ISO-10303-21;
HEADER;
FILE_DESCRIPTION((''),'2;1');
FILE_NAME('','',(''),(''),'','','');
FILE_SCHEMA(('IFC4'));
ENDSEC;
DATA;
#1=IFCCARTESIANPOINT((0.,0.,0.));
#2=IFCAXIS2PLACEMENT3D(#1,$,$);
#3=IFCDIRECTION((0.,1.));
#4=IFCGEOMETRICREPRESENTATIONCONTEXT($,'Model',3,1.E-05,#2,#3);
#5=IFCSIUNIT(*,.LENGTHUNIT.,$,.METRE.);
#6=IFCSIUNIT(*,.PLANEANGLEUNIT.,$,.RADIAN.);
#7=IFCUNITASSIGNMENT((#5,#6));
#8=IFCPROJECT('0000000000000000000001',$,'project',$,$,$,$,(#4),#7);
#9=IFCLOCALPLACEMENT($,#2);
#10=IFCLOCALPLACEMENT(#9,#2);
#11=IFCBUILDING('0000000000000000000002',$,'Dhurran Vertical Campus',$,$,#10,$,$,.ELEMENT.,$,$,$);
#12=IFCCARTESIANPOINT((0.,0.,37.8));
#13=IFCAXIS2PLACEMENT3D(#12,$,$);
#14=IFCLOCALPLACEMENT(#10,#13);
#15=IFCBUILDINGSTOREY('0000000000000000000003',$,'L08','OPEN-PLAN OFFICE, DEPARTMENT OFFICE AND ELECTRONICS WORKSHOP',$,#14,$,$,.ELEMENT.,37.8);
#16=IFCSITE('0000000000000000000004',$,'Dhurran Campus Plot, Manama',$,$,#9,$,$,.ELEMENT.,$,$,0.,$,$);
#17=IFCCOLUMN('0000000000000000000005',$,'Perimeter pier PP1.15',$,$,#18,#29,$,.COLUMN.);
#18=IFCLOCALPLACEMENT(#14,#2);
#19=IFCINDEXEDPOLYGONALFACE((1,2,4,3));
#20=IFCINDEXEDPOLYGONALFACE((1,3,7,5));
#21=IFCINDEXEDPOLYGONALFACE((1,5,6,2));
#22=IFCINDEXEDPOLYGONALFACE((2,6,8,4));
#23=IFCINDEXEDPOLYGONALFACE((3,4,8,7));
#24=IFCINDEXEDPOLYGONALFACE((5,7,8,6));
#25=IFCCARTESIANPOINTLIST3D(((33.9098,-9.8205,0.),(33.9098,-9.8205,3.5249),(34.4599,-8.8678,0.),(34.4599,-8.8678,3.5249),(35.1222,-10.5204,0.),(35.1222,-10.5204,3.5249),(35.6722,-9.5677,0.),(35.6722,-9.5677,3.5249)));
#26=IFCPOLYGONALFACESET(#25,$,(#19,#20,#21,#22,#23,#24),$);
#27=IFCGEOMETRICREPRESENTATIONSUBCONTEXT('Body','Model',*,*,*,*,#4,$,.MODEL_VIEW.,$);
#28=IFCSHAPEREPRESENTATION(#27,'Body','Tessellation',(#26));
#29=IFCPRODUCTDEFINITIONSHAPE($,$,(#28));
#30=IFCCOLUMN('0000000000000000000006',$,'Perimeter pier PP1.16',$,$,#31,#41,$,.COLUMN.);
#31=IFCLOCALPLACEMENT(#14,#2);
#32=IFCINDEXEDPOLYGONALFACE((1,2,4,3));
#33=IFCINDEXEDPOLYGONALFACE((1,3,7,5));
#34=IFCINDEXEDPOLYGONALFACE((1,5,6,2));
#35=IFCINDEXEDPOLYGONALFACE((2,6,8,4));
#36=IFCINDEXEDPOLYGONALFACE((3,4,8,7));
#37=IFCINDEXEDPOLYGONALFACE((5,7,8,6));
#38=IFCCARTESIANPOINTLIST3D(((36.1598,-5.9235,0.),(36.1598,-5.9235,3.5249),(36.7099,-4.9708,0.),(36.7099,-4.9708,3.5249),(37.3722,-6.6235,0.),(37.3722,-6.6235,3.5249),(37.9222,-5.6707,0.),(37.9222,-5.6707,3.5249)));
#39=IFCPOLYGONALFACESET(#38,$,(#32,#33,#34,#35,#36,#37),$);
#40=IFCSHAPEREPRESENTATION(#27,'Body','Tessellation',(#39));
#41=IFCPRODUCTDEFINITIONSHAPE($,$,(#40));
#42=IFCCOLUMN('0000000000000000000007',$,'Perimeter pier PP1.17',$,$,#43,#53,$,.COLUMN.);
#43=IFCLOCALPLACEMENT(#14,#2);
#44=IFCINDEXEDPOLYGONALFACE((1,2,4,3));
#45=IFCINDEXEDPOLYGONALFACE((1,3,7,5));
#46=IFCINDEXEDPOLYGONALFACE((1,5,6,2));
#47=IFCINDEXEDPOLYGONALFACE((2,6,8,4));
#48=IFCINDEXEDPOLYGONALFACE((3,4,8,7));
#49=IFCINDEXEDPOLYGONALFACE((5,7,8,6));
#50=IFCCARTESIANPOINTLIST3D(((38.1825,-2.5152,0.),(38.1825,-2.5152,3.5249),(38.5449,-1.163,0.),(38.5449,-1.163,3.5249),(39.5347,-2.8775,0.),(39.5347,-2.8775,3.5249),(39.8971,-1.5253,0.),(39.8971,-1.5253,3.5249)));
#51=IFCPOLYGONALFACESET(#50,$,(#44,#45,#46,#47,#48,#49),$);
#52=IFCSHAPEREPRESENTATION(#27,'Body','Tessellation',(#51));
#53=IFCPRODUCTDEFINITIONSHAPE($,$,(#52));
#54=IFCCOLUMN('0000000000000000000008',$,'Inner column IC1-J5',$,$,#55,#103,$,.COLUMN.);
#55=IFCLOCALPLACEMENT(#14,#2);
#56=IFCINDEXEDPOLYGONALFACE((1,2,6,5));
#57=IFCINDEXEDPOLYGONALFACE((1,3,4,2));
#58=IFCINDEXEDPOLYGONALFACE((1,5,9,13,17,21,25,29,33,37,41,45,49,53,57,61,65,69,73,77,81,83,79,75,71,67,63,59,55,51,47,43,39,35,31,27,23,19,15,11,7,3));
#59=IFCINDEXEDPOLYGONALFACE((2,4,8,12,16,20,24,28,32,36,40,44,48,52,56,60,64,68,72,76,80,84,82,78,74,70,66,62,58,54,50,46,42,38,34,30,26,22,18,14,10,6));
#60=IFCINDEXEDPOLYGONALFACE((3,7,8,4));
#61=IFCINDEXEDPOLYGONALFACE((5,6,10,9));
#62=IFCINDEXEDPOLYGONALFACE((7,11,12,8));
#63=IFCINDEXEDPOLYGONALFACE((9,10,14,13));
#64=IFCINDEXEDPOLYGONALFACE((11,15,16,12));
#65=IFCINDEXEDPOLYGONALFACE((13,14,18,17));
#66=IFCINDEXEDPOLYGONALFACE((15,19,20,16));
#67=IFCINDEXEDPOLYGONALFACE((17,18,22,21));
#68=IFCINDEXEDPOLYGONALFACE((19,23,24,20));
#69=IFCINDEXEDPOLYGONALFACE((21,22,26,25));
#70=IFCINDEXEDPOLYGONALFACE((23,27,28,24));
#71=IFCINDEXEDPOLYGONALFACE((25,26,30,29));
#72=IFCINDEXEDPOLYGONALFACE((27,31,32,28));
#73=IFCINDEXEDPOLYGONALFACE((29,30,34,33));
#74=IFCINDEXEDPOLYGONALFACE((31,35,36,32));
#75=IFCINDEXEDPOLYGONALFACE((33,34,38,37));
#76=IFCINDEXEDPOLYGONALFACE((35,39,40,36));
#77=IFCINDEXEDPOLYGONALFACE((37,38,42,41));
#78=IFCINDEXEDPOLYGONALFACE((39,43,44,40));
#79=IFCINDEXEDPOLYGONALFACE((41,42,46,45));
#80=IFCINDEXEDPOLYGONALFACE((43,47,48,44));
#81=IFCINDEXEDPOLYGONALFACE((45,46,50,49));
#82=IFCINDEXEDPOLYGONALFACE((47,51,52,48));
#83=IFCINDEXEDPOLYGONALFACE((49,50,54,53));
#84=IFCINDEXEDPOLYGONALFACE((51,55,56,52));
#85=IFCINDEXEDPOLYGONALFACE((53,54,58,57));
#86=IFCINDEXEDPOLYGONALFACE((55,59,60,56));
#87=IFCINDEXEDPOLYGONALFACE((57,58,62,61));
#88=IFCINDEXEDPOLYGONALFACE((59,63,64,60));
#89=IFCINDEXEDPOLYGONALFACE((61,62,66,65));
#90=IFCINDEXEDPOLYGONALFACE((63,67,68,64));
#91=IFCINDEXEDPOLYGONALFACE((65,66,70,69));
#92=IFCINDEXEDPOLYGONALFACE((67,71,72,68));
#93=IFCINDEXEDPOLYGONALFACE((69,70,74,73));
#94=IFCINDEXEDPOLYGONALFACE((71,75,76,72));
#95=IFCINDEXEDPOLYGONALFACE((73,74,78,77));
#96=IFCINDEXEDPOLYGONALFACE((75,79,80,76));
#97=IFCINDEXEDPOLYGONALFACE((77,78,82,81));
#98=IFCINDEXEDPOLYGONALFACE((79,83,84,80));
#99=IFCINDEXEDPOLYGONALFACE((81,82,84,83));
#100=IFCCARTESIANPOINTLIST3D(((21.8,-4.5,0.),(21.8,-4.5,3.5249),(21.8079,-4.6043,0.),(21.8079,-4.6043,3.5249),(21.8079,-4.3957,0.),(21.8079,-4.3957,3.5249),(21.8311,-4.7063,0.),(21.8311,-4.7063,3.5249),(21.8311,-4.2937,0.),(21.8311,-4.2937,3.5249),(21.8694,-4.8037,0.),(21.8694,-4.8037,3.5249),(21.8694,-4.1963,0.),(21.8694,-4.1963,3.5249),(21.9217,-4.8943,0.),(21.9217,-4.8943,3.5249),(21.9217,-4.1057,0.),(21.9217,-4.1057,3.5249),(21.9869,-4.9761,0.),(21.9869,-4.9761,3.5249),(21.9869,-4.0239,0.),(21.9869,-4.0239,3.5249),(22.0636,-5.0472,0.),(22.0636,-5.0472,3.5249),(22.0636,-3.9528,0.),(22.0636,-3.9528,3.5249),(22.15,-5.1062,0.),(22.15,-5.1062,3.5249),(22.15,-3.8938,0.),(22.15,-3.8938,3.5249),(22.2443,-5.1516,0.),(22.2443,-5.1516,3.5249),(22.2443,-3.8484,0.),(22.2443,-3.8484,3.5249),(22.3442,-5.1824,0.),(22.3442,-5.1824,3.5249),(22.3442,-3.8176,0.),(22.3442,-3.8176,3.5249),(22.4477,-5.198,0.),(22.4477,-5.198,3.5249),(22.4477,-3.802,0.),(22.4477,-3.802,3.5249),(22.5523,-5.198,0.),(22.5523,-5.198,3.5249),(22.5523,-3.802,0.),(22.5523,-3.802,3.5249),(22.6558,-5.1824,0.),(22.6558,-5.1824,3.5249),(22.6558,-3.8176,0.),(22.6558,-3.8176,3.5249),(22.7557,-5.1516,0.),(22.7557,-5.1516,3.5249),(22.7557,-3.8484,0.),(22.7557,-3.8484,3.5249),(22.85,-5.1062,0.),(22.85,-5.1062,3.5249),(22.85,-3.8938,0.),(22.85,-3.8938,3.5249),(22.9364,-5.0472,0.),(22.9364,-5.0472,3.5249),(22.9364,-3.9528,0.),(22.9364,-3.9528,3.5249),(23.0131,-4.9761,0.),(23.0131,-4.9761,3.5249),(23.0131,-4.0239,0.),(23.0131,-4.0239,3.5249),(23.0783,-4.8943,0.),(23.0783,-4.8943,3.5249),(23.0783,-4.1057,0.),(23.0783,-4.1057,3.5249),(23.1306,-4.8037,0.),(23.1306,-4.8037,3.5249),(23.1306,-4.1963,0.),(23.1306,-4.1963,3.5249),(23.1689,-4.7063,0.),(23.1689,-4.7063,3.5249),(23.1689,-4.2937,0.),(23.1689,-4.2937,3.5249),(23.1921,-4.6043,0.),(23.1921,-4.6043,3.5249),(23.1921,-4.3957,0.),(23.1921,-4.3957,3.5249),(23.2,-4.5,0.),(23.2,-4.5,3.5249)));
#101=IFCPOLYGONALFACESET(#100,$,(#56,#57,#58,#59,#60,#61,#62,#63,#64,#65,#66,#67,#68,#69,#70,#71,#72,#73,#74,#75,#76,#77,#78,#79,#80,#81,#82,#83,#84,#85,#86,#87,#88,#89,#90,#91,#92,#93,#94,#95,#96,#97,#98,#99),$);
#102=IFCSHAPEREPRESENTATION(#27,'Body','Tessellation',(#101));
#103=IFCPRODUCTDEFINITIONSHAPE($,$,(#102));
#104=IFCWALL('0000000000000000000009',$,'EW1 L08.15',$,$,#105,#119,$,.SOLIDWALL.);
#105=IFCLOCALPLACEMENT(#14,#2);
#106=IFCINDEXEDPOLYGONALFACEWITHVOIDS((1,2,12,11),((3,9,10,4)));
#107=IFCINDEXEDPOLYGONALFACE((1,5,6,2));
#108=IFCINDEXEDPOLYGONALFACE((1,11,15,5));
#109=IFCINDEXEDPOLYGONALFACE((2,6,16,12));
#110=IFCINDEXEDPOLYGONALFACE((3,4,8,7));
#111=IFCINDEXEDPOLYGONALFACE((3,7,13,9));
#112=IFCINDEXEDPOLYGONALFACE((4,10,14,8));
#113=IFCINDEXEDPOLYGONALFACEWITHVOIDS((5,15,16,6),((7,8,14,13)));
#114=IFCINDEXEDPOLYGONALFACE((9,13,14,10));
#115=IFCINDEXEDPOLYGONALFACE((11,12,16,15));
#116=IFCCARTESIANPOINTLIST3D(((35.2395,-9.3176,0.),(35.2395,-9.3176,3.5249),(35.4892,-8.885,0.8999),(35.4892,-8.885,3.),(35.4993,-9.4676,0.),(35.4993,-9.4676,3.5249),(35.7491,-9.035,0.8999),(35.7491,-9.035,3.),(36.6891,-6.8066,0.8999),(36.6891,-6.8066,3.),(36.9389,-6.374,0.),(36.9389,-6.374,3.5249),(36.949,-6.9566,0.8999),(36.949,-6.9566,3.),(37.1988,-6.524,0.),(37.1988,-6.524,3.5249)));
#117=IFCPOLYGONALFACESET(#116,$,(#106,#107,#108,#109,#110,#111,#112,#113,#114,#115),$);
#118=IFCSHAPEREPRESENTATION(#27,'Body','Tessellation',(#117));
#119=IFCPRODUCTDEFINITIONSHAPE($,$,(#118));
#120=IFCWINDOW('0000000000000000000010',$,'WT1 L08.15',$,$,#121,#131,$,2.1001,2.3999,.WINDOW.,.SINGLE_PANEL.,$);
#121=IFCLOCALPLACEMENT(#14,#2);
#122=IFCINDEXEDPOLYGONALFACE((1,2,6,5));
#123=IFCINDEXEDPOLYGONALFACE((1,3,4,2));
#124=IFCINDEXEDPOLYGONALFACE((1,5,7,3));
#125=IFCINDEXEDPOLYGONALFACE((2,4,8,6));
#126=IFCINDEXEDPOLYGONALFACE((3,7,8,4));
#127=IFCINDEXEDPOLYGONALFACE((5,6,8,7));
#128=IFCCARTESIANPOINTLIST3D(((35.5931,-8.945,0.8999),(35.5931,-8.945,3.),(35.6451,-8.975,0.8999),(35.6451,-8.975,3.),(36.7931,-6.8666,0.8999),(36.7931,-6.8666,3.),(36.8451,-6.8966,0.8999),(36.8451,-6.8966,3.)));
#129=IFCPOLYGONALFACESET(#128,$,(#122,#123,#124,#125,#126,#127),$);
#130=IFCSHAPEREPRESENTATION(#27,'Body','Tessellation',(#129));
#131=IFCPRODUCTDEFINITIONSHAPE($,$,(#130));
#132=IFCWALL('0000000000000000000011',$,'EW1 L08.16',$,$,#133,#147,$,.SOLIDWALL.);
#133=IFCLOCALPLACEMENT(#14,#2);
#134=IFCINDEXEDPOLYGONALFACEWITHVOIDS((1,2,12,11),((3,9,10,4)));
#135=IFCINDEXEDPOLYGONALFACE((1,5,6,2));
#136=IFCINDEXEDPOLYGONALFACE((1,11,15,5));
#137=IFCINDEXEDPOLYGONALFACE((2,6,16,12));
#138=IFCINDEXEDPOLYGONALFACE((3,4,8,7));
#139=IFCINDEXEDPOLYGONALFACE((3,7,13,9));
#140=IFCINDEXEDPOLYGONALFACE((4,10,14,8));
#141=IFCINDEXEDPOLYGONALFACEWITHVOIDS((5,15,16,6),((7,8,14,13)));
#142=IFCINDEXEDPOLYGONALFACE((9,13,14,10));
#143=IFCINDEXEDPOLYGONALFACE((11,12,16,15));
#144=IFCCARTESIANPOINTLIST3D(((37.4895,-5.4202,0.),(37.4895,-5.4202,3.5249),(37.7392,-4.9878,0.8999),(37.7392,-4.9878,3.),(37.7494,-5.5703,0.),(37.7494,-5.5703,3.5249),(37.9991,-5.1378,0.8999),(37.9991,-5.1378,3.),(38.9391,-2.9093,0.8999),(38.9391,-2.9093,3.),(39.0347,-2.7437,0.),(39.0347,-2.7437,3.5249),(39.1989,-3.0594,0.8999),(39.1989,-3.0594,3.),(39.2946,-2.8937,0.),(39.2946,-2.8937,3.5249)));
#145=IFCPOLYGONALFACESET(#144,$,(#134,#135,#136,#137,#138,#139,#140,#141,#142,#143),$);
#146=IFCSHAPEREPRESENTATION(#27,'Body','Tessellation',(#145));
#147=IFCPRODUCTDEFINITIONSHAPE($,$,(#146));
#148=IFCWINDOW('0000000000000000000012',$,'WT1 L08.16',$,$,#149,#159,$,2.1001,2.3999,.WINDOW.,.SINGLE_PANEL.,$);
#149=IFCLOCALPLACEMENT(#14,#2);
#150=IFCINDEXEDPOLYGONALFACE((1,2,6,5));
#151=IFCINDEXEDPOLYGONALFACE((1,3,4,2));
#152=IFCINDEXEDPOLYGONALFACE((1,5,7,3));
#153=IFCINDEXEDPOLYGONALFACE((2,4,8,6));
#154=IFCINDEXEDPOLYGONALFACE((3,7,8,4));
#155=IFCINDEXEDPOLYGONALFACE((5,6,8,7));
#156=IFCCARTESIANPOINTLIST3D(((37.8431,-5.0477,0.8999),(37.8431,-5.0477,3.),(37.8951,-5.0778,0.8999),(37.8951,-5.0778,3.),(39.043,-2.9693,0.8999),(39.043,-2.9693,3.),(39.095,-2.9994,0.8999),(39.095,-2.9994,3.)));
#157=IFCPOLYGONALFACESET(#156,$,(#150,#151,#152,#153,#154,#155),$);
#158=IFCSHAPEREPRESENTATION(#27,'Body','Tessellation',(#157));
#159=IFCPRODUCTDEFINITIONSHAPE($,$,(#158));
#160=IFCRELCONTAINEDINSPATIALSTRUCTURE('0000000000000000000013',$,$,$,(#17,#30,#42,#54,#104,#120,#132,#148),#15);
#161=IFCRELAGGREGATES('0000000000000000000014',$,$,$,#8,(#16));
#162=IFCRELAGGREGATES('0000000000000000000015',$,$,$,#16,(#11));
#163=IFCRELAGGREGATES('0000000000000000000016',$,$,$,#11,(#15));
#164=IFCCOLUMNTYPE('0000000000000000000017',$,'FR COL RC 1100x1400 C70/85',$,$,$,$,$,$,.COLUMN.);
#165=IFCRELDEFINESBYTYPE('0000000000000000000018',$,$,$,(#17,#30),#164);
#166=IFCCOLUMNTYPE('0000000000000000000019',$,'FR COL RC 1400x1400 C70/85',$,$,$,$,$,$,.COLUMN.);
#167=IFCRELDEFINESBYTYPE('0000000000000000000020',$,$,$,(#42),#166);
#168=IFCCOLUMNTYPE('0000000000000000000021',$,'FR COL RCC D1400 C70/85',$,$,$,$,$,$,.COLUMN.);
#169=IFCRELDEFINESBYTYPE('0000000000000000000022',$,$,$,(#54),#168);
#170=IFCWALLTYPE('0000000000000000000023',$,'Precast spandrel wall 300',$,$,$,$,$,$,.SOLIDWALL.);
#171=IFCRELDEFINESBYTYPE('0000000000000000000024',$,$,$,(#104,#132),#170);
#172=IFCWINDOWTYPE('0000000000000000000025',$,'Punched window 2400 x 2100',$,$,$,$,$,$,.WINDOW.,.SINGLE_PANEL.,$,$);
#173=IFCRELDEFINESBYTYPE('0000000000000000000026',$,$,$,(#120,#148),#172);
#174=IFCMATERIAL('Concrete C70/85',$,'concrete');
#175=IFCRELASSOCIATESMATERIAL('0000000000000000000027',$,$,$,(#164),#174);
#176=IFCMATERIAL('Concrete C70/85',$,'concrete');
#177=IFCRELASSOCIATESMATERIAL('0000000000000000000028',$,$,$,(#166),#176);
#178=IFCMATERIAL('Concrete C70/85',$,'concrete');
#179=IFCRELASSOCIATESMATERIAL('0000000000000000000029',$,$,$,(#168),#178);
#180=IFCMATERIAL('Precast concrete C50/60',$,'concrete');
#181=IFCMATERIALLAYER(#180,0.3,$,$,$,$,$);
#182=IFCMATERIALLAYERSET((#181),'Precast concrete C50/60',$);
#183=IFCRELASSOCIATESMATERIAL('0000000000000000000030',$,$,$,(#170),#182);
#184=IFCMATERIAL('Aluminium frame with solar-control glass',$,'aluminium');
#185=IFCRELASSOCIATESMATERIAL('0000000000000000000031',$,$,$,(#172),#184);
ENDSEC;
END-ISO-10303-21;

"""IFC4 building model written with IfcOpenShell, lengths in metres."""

from ifc_helpers import new_model, si_unit, direction, frame, frame_2d, origin, origin_2d, place, context, subcontext, project, spatial, rectangle, circle, extrude, material, layer, layer_set, material_profile, profile_set, type_object, element, fill, save


model = new_model("IFC4")

# Units and contexts
model_context = context("Model", 3, precision=1e-05, world=origin(), true_north=direction((0.0, 1.0)))
body_context = subcontext(model_context, "Body", "Model", "MODEL_VIEW")
ifc_project = project(units=[si_unit("LENGTHUNIT", "METRE"), si_unit("PLANEANGLEUNIT", "RADIAN")], contexts=[model_context])

# Site, building, storey
site_placement = place(None, origin())
site = spatial("IfcSite", under=ifc_project, at=site_placement, Name="Dhurran Campus Plot, Manama", CompositionType="ELEMENT", RefElevation=0.0)
building_placement = place(site_placement, origin())
building = spatial("IfcBuilding", under=site, at=building_placement, Name="Dhurran Vertical Campus", CompositionType="ELEMENT")
storey_placement = place(building_placement, frame((0.0, 0.0, 37.8)))
storey = spatial("IfcBuildingStorey", under=building, at=storey_placement, Name="L08", Description="OPEN-PLAN OFFICE, DEPARTMENT OFFICE AND ELECTRONICS WORKSHOP", CompositionType="ELEMENT", Elevation=37.8)

# Columns
ifc_material_1 = material(Name="Concrete C70/85", Category="concrete")
ifc_material_profile_1 = material_profile(ifc_material_1, rectangle(XDim=1.1001, YDim=1.3999, at=origin_2d()), Name="RC 1100x1400")
ifc_profile_set_1 = profile_set([ifc_material_profile_1], Name="Concrete C70/85")
column_type_1 = type_object("IfcColumnType", Name="FR COL RC 1100x1400 C70/85", PredefinedType="COLUMN", material=ifc_profile_set_1)
for number, where, z_axis, x_axis, name in (
    (1, (34.791, -9.6941, 0.0), (0.0, 0.0, 1.0), (0.5, 0.866025, 0.0), "Perimeter pier PP1.15"),
    (2, (37.041, -5.7971, 0.0), (0.0, 0.0, 1.0), (0.5, 0.866025, 0.0), "Perimeter pier PP1.16"),
):
    element("IfcColumn", number, at=place(storey_placement, frame(where, z_axis=z_axis, x_axis=x_axis)), inside=storey, type_object=column_type_1, Name=name, PredefinedType="COLUMN", context=body_context, shape_type="SweptSolid", body=[
        extrude(rectangle(XDim=1.1001, YDim=1.3999, at=origin_2d()), origin(), (0.0, 0.0, 1.0), 3.5249),
    ])
ifc_material_2 = material(Name="Concrete C70/85", Category="concrete")
ifc_material_profile_2 = material_profile(ifc_material_2, rectangle(XDim=1.3999, YDim=1.3999, at=origin_2d()), Name="RC 1400x1400")
ifc_profile_set_2 = profile_set([ifc_material_profile_2], Name="Concrete C70/85")
column_type_2 = type_object("IfcColumnType", Name="FR COL RC 1400x1400 C70/85", PredefinedType="COLUMN", material=ifc_profile_set_2)
column_1_placement = place(storey_placement, frame((39.0398, -2.0203, 0.0), z_axis=(0.0, 0.0, 1.0), x_axis=(0.258819, 0.965926, 0.0)))
element("IfcColumn", 3, at=column_1_placement, inside=storey, type_object=column_type_2, Name="Perimeter pier PP1.17", PredefinedType="COLUMN", context=body_context, shape_type="SweptSolid", body=[
    extrude(rectangle(XDim=1.3999, YDim=1.3999, at=origin_2d()), origin(), (0.0, 0.0, 1.0), 3.5249),
])
ifc_material_3 = material(Name="Concrete C70/85", Category="concrete")
ifc_material_profile_3 = material_profile(ifc_material_3, circle(Radius=0.7, at=origin_2d()), Name="RCC D1400")
ifc_profile_set_3 = profile_set([ifc_material_profile_3], Name="Concrete C70/85")
column_type_3 = type_object("IfcColumnType", Name="FR COL RCC D1400 C70/85", PredefinedType="COLUMN", material=ifc_profile_set_3)
column_2_placement = place(storey_placement, frame((22.5, -4.5, 0.0), z_axis=(0.0, 0.0, 1.0), x_axis=(1.0, 0.0, 0.0)))
element("IfcColumn", 4, at=column_2_placement, inside=storey, type_object=column_type_3, Name="Inner column IC1-J5", PredefinedType="COLUMN", context=body_context, shape_type="SweptSolid", body=[
    extrude(circle(Radius=0.7, at=origin_2d()), origin(), (0.0, 0.0, 1.0), 3.5249),
])

# Walls, openings, windows
ifc_material_4 = material(Name="Precast concrete C50/60", Category="concrete")
ifc_layer_1 = layer(ifc_material_4, 0.3)
ifc_layer_set_1 = layer_set([ifc_layer_1], Name="Precast concrete C50/60")
wall_type_1 = type_object("IfcWallType", Name="Precast spandrel wall 300", PredefinedType="SOLIDWALL", material=ifc_layer_set_1)
wall_1_placement = place(storey_placement, frame((35.3694, -9.3926, 0.0), z_axis=(0.0, 0.0, 1.0), x_axis=(0.499994, 0.866029, 0.0)))
wall_1 = element("IfcWall", 5, at=wall_1_placement, inside=storey, type_object=wall_type_1, Name="EW1 L08.15", PredefinedType="SOLIDWALL", context=body_context, shape_type="SweptSolid", body=[
    extrude(rectangle(XDim=3.3989, YDim=0.3, at=frame_2d((1.6995, 0.0))), origin(), (0.0, 0.0, 1.0), 3.5249),
])
opening_1_placement = place(wall_1_placement, frame((0.4995, 0.0, 0.8999)))
opening_1 = element("IfcOpeningElement", 6, at=opening_1_placement, cuts=wall_1, PredefinedType="OPENING", context=body_context, shape_type="SweptSolid", body=[
    extrude(rectangle(XDim=2.3999, YDim=2.1001, at=frame_2d((1.2, 1.05))), frame((0.0, 0.1599, 0.0), z_axis=(0.0, -1.0, 0.0), x_axis=(1.0, 0.0, 0.0)), (0.0, 0.0, 1.0), 0.3201),
])
ifc_material_5 = material(Name="Aluminium frame with solar-control glass", Category="aluminium")
window_type = type_object("IfcWindowType", Name="Punched window 2400 x 2100", PartitioningType="SINGLE_PANEL", PredefinedType="WINDOW", material=ifc_material_5)
window_1_placement = place(opening_1_placement, origin())
window_1 = element("IfcWindow", 7, at=window_1_placement, inside=storey, type_object=window_type, Name="WT1 L08.15", OverallHeight=2.1001, OverallWidth=2.3999, PartitioningType="SINGLE_PANEL", PredefinedType="WINDOW", context=body_context, shape_type="SweptSolid", body=[
    extrude(rectangle(XDim=2.3999, YDim=2.1001, at=frame_2d((1.2, 1.05))), frame((0.0, 0.03, 0.0), z_axis=(0.0, -1.0, 0.0), x_axis=(1.0, 0.0, 0.0)), (0.0, 0.0, 1.0), 0.0601),
])
fill(opening_1, window_1)
wall_2_placement = place(storey_placement, frame((37.6194, -5.4954, 0.0), z_axis=(0.0, 0.0, 1.0), x_axis=(0.499971, 0.866042, 0.0)))
wall_2 = element("IfcWall", 8, at=wall_2_placement, inside=storey, type_object=wall_type_1, Name="EW1 L08.16", PredefinedType="SOLIDWALL", context=body_context, shape_type="SweptSolid", body=[
    extrude(rectangle(XDim=3.0906, YDim=0.3, at=frame_2d((1.5454, 0.0))), origin(), (0.0, 0.0, 1.0), 3.5249),
])
opening_2_placement = place(wall_2_placement, frame((0.4995, 0.0, 0.8999)))
opening_2 = element("IfcOpeningElement", 9, at=opening_2_placement, cuts=wall_2, PredefinedType="OPENING", context=body_context, shape_type="SweptSolid", body=[
    extrude(rectangle(XDim=2.3999, YDim=2.1001, at=frame_2d((1.2, 1.05))), frame((0.0, 0.1599, 0.0), z_axis=(0.0, -1.0, 0.0), x_axis=(1.0, 0.0, 0.0)), (0.0, 0.0, 1.0), 0.3201),
])
window_2_placement = place(opening_2_placement, origin())
window_2 = element("IfcWindow", 10, at=window_2_placement, inside=storey, type_object=window_type, Name="WT1 L08.16", OverallHeight=2.1001, OverallWidth=2.3999, PartitioningType="SINGLE_PANEL", PredefinedType="WINDOW", context=body_context, shape_type="SweptSolid", body=[
    extrude(rectangle(XDim=2.3999, YDim=2.1001, at=frame_2d((1.2, 1.05))), frame((0.0, 0.03, 0.0), z_axis=(0.0, -1.0, 0.0), x_axis=(1.0, 0.0, 0.0)), (0.0, 0.0, 1.0), 0.0601),
])
fill(opening_2, window_2)

save(model, "model.ifc")
